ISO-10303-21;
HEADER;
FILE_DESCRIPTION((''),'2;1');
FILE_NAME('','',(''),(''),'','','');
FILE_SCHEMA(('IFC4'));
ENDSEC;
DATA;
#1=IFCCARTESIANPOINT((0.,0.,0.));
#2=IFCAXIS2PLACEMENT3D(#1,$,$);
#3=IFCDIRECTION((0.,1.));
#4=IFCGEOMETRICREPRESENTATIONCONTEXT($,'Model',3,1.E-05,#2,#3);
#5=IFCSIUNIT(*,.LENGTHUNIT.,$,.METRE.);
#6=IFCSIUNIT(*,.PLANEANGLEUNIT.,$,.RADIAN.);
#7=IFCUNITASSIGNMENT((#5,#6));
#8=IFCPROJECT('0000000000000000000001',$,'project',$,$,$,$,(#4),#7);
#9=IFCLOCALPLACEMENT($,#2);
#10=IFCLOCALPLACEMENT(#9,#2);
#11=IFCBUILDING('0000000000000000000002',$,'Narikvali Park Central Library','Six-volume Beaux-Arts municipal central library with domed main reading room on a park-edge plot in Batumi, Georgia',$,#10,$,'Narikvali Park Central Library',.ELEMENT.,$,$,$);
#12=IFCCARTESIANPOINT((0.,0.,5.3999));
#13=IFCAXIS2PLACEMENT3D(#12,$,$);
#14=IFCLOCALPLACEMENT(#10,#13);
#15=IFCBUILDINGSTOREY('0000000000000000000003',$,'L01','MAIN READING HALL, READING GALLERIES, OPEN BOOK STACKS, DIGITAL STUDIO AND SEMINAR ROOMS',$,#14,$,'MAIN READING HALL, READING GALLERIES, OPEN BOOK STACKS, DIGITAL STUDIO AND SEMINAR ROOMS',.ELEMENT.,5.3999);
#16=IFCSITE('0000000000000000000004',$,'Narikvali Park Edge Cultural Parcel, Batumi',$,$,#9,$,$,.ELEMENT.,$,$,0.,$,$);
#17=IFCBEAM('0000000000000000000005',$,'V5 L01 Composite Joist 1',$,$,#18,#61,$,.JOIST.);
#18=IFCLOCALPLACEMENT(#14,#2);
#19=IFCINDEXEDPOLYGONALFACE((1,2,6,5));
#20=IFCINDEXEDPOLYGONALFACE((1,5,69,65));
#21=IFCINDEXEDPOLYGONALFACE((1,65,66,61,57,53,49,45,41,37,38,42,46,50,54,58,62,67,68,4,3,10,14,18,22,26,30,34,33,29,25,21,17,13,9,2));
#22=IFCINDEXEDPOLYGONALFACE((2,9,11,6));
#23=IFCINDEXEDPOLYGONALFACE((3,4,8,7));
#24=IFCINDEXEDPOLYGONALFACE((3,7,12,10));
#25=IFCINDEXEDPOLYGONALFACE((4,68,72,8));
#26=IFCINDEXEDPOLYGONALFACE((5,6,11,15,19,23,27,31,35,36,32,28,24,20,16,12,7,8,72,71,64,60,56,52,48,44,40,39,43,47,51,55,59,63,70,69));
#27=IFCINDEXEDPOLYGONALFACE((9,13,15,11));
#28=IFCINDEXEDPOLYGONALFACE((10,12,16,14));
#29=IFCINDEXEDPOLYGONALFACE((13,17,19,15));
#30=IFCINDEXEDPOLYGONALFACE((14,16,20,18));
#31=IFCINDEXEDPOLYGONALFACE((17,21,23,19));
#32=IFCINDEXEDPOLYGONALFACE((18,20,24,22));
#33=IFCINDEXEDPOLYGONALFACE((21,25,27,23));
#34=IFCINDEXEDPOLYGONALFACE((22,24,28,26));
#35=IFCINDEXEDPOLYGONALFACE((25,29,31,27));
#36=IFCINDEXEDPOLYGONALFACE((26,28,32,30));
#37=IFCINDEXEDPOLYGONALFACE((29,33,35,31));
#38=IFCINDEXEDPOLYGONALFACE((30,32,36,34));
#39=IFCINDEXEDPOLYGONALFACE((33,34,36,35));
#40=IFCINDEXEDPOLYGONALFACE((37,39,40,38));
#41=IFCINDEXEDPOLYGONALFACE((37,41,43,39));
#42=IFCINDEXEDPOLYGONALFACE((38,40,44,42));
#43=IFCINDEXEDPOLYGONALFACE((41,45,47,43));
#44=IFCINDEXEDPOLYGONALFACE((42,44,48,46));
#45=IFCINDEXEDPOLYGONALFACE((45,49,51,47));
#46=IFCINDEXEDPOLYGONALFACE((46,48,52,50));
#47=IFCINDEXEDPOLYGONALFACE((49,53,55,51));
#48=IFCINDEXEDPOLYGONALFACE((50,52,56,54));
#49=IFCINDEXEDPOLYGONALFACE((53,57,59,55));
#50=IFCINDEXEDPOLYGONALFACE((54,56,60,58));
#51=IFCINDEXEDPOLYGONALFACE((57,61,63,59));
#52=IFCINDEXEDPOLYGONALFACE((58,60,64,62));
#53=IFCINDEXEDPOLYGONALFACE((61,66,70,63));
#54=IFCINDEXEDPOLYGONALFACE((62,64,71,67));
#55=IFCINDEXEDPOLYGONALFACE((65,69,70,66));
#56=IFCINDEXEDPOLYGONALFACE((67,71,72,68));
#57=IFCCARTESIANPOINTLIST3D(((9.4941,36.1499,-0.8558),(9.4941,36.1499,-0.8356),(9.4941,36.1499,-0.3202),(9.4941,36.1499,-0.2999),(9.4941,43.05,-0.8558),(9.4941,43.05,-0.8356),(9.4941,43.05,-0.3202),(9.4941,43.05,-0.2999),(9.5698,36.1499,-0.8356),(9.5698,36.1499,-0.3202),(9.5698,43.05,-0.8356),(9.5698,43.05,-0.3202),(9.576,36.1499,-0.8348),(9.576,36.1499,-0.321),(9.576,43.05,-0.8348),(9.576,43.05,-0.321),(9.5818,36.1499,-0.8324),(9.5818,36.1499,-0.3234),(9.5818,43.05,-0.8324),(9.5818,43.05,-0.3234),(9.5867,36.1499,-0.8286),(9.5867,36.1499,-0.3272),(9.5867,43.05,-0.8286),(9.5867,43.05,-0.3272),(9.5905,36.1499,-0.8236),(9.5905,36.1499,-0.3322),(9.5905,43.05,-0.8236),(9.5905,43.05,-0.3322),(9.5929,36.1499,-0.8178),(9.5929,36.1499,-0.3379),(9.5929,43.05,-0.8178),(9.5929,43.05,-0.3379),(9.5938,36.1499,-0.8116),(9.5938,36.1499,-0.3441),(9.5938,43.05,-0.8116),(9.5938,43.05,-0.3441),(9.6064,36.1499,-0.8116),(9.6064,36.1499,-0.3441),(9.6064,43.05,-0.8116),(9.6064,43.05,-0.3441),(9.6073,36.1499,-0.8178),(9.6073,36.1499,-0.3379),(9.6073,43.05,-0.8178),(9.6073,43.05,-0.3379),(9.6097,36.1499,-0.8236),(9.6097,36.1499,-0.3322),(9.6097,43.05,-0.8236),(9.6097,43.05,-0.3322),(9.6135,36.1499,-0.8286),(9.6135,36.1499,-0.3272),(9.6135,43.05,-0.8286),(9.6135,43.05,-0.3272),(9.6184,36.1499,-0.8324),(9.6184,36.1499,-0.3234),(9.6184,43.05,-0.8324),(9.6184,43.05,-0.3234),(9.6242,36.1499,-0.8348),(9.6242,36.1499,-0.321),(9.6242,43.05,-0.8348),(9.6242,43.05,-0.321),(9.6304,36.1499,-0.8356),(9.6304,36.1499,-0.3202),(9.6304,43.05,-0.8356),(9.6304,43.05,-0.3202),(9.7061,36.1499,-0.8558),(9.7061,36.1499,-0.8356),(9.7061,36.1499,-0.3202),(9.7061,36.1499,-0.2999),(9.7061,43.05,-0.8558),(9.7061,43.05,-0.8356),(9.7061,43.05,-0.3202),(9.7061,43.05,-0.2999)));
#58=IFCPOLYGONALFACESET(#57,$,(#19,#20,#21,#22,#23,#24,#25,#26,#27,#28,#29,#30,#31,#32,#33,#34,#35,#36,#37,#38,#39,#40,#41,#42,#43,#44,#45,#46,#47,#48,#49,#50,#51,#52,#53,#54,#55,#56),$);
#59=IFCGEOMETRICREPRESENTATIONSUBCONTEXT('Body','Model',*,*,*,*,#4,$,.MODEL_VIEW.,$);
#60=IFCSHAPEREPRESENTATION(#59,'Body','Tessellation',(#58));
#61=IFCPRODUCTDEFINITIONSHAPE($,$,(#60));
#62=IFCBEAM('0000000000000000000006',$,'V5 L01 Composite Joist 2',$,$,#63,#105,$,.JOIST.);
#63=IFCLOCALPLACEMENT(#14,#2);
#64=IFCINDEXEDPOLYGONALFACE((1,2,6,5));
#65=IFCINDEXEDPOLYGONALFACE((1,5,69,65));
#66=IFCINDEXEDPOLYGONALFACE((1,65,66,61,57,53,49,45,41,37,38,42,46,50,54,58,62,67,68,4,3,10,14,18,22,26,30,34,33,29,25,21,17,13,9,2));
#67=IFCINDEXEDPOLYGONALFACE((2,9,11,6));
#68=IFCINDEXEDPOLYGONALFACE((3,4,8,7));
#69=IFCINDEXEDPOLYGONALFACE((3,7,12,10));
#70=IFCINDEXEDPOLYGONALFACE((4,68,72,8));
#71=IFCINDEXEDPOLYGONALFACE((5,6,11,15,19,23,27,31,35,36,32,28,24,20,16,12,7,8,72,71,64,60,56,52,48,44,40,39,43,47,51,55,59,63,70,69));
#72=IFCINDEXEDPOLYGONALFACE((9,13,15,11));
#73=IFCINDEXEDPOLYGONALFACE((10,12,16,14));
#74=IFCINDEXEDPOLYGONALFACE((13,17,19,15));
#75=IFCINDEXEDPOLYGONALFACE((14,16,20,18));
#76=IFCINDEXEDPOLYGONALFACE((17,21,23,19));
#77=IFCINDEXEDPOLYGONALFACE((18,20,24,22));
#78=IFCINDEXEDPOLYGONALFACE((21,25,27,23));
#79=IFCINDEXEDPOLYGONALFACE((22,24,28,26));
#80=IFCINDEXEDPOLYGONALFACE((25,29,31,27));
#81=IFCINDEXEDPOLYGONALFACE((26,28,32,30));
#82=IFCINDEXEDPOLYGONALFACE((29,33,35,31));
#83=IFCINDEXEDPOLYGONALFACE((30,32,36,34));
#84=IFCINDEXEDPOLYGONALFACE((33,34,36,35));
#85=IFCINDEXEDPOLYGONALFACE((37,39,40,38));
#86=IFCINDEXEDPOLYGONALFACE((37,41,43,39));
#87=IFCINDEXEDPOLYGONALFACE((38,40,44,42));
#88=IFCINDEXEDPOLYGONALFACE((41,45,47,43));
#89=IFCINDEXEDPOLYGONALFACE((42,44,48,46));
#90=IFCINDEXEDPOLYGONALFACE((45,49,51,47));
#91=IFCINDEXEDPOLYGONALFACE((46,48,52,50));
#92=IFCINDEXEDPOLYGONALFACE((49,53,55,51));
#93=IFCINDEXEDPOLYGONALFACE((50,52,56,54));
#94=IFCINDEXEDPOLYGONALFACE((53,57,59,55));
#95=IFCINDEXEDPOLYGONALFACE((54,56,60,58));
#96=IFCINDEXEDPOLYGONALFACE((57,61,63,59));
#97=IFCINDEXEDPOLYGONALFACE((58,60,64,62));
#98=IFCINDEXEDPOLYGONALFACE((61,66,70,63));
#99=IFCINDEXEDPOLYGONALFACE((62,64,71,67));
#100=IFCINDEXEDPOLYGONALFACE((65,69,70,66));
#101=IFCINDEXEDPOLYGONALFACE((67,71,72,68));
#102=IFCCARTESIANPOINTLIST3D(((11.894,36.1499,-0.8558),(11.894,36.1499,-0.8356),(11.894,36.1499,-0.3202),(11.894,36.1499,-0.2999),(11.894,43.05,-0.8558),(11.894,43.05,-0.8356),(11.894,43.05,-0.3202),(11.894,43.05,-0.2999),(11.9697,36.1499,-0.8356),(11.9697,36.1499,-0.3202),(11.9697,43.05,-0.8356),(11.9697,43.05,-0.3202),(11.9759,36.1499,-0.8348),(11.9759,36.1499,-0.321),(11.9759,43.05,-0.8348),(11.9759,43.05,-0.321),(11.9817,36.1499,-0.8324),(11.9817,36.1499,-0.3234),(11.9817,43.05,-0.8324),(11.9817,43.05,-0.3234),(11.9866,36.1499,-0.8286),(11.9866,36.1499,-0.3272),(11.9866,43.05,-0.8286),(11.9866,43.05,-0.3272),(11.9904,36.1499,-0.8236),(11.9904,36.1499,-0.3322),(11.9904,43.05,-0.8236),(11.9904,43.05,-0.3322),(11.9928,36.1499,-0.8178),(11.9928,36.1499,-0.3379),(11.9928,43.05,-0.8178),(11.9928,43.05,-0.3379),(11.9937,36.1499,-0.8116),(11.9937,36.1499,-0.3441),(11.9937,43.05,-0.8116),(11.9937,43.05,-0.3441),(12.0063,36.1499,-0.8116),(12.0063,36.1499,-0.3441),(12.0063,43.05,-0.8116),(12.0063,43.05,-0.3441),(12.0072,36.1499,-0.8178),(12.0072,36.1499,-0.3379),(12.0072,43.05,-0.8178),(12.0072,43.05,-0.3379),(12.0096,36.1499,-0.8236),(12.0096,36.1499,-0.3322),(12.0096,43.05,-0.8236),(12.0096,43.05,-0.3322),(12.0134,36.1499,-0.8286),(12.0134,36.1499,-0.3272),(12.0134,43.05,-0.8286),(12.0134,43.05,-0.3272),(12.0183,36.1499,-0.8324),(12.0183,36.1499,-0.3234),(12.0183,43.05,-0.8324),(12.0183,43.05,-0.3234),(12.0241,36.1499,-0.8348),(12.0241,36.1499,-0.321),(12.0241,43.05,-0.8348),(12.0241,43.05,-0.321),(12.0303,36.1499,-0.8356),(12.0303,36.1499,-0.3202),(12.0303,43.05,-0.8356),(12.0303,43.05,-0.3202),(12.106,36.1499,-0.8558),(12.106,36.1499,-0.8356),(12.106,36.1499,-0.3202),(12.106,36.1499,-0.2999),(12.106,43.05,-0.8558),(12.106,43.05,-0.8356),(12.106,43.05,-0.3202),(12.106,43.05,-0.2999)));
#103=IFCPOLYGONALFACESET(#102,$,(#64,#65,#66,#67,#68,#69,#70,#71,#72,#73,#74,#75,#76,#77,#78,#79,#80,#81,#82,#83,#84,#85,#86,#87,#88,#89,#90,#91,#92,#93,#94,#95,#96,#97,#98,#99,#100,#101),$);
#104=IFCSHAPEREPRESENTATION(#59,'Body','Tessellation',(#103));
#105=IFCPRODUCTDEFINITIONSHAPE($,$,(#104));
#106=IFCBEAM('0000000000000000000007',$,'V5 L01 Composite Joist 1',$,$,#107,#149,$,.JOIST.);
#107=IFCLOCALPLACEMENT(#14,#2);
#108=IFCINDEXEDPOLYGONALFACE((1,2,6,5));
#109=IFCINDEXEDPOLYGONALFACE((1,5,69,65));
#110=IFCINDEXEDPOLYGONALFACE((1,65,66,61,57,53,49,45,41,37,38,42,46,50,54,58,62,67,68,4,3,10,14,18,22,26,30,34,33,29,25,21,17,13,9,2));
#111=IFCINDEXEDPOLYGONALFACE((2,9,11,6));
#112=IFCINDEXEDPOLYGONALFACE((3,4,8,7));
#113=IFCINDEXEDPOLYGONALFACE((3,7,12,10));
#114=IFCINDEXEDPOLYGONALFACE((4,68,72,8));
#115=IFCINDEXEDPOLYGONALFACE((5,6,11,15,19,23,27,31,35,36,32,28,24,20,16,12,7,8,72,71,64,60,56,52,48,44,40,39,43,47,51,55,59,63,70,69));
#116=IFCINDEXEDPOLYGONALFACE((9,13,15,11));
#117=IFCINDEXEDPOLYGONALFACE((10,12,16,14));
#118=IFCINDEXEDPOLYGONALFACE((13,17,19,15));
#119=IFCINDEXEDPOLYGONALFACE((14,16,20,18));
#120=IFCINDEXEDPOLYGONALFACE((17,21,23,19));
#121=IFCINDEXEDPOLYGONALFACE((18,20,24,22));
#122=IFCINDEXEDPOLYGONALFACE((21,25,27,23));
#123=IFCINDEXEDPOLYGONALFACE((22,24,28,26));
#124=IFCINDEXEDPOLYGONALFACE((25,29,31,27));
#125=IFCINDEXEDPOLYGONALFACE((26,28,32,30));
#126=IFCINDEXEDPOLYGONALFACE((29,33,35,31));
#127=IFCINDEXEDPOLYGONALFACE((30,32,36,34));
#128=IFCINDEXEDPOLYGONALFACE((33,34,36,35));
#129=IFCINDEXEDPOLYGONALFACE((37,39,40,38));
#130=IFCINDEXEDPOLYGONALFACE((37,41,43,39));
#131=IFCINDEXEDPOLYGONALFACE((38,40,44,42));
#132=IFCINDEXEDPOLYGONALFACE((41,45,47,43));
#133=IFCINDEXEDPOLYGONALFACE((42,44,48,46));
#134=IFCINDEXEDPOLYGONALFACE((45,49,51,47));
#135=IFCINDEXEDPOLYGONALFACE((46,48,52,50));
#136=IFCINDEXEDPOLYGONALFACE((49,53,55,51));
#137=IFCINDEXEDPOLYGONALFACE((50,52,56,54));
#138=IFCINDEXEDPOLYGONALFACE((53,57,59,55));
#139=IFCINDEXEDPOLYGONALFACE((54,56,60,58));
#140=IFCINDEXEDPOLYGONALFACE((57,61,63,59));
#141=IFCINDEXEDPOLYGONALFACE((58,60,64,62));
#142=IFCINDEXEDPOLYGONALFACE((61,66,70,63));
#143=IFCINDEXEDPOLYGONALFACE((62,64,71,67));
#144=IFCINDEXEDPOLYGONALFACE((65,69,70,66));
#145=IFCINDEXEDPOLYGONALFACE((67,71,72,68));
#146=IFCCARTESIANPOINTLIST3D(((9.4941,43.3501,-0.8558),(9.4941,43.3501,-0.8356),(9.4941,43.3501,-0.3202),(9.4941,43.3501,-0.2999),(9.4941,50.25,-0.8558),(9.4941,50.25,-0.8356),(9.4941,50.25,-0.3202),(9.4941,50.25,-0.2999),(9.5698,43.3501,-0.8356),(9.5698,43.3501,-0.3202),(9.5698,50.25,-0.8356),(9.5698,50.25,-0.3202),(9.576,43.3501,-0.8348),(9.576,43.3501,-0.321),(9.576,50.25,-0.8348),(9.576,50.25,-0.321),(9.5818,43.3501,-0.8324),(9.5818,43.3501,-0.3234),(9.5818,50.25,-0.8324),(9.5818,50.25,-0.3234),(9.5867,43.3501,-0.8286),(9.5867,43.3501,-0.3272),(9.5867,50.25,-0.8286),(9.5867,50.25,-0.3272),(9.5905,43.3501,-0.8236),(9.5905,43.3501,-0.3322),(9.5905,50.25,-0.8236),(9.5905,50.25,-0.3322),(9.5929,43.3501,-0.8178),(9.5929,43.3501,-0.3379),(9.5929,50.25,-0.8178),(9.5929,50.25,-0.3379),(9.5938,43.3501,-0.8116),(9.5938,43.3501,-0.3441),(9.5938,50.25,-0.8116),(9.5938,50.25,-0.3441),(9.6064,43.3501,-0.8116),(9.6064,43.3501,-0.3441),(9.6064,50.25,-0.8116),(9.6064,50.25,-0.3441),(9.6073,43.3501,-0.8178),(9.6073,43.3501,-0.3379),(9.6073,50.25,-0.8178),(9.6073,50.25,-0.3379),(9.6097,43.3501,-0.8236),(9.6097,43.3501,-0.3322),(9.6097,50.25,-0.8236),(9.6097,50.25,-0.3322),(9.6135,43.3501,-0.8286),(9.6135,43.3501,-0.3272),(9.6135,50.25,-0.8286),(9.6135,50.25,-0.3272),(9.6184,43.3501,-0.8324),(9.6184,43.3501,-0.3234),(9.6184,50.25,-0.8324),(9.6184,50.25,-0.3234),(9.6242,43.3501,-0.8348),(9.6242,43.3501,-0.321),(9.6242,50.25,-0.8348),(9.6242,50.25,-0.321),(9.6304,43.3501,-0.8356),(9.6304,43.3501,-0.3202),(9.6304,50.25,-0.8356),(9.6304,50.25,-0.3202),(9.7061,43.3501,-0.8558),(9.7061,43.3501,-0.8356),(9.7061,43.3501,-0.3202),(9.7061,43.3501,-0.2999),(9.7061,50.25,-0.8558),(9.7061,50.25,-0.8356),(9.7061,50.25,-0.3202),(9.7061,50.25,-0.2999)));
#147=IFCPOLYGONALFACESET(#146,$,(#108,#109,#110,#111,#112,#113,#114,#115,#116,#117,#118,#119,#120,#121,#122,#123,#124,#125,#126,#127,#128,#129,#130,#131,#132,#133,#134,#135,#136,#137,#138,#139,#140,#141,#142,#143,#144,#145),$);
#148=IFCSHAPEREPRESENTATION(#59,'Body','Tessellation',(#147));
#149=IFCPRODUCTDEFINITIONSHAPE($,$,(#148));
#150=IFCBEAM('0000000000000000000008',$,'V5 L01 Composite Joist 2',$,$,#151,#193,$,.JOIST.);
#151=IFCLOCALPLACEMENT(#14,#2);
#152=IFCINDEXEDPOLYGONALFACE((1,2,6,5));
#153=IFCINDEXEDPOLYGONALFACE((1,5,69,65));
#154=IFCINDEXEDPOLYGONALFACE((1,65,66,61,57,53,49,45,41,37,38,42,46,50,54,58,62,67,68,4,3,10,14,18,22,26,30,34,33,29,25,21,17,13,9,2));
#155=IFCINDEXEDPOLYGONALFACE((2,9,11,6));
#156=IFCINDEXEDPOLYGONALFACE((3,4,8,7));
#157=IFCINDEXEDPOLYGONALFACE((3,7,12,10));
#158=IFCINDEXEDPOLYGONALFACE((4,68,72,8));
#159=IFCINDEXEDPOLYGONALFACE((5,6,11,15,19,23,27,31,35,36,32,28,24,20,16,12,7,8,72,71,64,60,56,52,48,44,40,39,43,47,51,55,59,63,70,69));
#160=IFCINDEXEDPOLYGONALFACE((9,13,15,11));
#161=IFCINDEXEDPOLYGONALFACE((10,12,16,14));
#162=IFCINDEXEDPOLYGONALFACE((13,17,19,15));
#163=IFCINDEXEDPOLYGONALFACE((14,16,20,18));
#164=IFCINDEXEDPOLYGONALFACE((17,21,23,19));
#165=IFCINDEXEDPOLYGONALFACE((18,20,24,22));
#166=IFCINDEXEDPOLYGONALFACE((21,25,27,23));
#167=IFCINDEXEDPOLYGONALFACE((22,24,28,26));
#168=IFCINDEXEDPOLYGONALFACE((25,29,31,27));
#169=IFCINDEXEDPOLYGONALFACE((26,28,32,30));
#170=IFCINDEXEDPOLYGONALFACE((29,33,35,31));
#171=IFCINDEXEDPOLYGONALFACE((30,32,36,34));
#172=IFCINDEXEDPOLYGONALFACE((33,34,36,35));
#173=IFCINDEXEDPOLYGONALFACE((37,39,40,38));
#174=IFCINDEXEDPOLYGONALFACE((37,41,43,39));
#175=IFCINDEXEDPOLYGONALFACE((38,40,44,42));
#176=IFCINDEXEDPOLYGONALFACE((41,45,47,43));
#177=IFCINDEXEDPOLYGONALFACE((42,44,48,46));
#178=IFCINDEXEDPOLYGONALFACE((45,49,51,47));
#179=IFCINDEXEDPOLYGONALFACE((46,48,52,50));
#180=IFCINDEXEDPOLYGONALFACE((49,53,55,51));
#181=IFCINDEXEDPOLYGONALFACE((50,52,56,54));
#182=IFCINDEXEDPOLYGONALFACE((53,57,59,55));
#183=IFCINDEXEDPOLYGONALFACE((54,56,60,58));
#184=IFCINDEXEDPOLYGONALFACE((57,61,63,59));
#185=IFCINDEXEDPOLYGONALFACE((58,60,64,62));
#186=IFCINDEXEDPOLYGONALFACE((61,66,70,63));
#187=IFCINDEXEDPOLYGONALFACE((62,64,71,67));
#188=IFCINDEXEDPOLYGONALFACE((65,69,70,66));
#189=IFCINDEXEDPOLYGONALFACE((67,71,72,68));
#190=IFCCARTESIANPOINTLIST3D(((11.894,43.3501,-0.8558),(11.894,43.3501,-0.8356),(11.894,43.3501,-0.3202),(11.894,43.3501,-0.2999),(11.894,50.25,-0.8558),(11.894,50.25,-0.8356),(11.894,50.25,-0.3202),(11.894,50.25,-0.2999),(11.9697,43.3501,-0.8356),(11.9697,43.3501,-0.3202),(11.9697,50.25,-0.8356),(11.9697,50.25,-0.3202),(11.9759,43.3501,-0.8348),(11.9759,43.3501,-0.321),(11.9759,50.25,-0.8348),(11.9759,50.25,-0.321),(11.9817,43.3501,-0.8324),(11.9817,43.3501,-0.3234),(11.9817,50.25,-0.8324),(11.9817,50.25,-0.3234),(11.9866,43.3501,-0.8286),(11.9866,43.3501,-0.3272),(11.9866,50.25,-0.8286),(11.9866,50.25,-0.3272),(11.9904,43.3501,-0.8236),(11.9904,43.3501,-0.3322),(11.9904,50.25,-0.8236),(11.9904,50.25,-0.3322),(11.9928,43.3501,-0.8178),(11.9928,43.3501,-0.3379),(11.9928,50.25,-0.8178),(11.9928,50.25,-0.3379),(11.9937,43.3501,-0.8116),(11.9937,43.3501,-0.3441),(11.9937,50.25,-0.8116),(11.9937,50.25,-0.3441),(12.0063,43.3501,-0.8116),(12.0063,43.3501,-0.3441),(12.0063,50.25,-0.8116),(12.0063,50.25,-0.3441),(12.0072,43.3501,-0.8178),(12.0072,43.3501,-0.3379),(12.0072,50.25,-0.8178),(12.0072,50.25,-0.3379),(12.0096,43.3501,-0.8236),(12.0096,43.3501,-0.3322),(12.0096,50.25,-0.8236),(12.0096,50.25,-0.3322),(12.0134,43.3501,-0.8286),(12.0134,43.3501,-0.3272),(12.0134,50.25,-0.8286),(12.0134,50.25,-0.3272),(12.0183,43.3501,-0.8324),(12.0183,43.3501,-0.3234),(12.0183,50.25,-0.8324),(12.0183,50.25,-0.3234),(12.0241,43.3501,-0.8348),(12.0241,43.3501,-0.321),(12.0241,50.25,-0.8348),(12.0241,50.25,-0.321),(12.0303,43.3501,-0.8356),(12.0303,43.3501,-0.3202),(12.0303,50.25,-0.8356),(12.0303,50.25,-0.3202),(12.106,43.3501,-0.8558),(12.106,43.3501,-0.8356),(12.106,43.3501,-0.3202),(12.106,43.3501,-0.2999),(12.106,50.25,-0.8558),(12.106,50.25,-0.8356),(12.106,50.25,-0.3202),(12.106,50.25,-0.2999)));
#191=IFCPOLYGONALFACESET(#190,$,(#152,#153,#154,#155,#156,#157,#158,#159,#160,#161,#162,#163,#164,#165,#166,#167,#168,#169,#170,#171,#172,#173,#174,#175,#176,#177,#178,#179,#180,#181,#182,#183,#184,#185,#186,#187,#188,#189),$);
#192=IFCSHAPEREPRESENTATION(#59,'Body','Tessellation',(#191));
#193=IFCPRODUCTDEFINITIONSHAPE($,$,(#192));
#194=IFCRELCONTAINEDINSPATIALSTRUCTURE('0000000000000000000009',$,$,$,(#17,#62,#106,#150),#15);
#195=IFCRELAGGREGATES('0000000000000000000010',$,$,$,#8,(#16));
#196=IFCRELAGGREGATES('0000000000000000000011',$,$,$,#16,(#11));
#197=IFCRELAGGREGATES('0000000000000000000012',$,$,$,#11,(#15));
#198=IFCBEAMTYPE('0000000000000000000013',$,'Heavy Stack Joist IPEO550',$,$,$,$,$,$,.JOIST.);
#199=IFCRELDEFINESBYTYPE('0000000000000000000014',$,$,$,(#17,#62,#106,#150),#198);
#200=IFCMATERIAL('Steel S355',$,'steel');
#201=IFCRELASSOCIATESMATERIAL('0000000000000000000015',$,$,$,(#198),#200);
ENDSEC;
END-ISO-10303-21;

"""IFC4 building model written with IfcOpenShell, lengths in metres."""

from ifc_helpers import new_model, si_unit, direction, frame, origin, origin_2d, place, context, subcontext, project, spatial, i_section, extrude, material, material_profile, profile_set, type_object, element, save


model = new_model("IFC4")

# Units and contexts
model_context = context("Model", 3, precision=1e-05, world=origin(), true_north=direction((0.0, 1.0)))
body_context = subcontext(model_context, "Body", "Model", "MODEL_VIEW")
ifc_project = project(units=[si_unit("LENGTHUNIT", "METRE"), si_unit("PLANEANGLEUNIT", "RADIAN")], contexts=[model_context])

# Site, building, storey
site_placement = place(None, origin())
site = spatial("IfcSite", under=ifc_project, at=site_placement, Name="Narikvali Park Edge Cultural Parcel, Batumi", CompositionType="ELEMENT", RefElevation=0.0)
building_placement = place(site_placement, origin())
building = spatial("IfcBuilding", under=site, at=building_placement, Name="Narikvali Park Central Library", Description="Six-volume Beaux-Arts municipal central library with domed main reading room on a park-edge plot in Batumi, Georgia", LongName="Narikvali Park Central Library", CompositionType="ELEMENT")
storey_placement = place(building_placement, frame((0.0, 0.0, 5.3999)))
storey = spatial("IfcBuildingStorey", under=building, at=storey_placement, Name="L01", Description="MAIN READING HALL, READING GALLERIES, OPEN BOOK STACKS, DIGITAL STUDIO AND SEMINAR ROOMS", LongName="MAIN READING HALL, READING GALLERIES, OPEN BOOK STACKS, DIGITAL STUDIO AND SEMINAR ROOMS", CompositionType="ELEMENT", Elevation=5.3999)

# Shared definitions
ifc_material_1 = material(Name="Steel S355", Category="steel")

# Beams
ifc_material_profile_1 = material_profile(ifc_material_1, i_section(OverallWidth=0.2119, OverallDepth=0.5559, WebThickness=0.0127, FlangeThickness=0.0203, FilletRadius=0.0239, at=origin_2d()), Name="IPEO 550")
ifc_profile_set_1 = profile_set([ifc_material_profile_1], Name="Steel S355")
beam_type_1 = type_object("IfcBeamType", Name="Heavy Stack Joist IPEO550", PredefinedType="JOIST", material=ifc_profile_set_1)
for number, where, z_axis, x_axis, name in (
    (1, (9.6001, 36.1499, -0.5779), (0.0, 1.0, 0.0), (-1.0, 0.0, 0.0), "V5 L01 Composite Joist 1"),
    (2, (12.0, 36.1499, -0.5779), (0.0, 1.0, 0.0), (-1.0, 0.0, 0.0), "V5 L01 Composite Joist 2"),
):
    element("IfcBeam", number, at=place(storey_placement, frame(where, z_axis=z_axis, x_axis=x_axis)), inside=storey, type_object=beam_type_1, Name=name, PredefinedType="JOIST", context=body_context, shape_type="SweptSolid", body=[
        extrude(i_section(OverallWidth=0.2119, OverallDepth=0.5559, WebThickness=0.0127, FlangeThickness=0.0203, FilletRadius=0.0239, at=origin_2d()), origin(), (0.0, 0.0, 1.0), 6.9001),
    ])
for number, where, z_axis, x_axis, name in (
    (3, (9.6001, 43.3501, -0.5779), (0.0, 1.0, 0.0), (-1.0, 0.0, 0.0), "V5 L01 Composite Joist 1"),
    (4, (12.0, 43.3501, -0.5779), (0.0, 1.0, 0.0), (-1.0, 0.0, 0.0), "V5 L01 Composite Joist 2"),
):
    element("IfcBeam", number, at=place(storey_placement, frame(where, z_axis=z_axis, x_axis=x_axis)), inside=storey, type_object=beam_type_1, Name=name, PredefinedType="JOIST", context=body_context, shape_type="SweptSolid", body=[
        extrude(i_section(OverallWidth=0.2119, OverallDepth=0.5559, WebThickness=0.0127, FlangeThickness=0.0203, FilletRadius=0.0239, at=origin_2d()), origin(), (0.0, 0.0, 1.0), 6.8999),
    ])

save(model, "model.ifc")
